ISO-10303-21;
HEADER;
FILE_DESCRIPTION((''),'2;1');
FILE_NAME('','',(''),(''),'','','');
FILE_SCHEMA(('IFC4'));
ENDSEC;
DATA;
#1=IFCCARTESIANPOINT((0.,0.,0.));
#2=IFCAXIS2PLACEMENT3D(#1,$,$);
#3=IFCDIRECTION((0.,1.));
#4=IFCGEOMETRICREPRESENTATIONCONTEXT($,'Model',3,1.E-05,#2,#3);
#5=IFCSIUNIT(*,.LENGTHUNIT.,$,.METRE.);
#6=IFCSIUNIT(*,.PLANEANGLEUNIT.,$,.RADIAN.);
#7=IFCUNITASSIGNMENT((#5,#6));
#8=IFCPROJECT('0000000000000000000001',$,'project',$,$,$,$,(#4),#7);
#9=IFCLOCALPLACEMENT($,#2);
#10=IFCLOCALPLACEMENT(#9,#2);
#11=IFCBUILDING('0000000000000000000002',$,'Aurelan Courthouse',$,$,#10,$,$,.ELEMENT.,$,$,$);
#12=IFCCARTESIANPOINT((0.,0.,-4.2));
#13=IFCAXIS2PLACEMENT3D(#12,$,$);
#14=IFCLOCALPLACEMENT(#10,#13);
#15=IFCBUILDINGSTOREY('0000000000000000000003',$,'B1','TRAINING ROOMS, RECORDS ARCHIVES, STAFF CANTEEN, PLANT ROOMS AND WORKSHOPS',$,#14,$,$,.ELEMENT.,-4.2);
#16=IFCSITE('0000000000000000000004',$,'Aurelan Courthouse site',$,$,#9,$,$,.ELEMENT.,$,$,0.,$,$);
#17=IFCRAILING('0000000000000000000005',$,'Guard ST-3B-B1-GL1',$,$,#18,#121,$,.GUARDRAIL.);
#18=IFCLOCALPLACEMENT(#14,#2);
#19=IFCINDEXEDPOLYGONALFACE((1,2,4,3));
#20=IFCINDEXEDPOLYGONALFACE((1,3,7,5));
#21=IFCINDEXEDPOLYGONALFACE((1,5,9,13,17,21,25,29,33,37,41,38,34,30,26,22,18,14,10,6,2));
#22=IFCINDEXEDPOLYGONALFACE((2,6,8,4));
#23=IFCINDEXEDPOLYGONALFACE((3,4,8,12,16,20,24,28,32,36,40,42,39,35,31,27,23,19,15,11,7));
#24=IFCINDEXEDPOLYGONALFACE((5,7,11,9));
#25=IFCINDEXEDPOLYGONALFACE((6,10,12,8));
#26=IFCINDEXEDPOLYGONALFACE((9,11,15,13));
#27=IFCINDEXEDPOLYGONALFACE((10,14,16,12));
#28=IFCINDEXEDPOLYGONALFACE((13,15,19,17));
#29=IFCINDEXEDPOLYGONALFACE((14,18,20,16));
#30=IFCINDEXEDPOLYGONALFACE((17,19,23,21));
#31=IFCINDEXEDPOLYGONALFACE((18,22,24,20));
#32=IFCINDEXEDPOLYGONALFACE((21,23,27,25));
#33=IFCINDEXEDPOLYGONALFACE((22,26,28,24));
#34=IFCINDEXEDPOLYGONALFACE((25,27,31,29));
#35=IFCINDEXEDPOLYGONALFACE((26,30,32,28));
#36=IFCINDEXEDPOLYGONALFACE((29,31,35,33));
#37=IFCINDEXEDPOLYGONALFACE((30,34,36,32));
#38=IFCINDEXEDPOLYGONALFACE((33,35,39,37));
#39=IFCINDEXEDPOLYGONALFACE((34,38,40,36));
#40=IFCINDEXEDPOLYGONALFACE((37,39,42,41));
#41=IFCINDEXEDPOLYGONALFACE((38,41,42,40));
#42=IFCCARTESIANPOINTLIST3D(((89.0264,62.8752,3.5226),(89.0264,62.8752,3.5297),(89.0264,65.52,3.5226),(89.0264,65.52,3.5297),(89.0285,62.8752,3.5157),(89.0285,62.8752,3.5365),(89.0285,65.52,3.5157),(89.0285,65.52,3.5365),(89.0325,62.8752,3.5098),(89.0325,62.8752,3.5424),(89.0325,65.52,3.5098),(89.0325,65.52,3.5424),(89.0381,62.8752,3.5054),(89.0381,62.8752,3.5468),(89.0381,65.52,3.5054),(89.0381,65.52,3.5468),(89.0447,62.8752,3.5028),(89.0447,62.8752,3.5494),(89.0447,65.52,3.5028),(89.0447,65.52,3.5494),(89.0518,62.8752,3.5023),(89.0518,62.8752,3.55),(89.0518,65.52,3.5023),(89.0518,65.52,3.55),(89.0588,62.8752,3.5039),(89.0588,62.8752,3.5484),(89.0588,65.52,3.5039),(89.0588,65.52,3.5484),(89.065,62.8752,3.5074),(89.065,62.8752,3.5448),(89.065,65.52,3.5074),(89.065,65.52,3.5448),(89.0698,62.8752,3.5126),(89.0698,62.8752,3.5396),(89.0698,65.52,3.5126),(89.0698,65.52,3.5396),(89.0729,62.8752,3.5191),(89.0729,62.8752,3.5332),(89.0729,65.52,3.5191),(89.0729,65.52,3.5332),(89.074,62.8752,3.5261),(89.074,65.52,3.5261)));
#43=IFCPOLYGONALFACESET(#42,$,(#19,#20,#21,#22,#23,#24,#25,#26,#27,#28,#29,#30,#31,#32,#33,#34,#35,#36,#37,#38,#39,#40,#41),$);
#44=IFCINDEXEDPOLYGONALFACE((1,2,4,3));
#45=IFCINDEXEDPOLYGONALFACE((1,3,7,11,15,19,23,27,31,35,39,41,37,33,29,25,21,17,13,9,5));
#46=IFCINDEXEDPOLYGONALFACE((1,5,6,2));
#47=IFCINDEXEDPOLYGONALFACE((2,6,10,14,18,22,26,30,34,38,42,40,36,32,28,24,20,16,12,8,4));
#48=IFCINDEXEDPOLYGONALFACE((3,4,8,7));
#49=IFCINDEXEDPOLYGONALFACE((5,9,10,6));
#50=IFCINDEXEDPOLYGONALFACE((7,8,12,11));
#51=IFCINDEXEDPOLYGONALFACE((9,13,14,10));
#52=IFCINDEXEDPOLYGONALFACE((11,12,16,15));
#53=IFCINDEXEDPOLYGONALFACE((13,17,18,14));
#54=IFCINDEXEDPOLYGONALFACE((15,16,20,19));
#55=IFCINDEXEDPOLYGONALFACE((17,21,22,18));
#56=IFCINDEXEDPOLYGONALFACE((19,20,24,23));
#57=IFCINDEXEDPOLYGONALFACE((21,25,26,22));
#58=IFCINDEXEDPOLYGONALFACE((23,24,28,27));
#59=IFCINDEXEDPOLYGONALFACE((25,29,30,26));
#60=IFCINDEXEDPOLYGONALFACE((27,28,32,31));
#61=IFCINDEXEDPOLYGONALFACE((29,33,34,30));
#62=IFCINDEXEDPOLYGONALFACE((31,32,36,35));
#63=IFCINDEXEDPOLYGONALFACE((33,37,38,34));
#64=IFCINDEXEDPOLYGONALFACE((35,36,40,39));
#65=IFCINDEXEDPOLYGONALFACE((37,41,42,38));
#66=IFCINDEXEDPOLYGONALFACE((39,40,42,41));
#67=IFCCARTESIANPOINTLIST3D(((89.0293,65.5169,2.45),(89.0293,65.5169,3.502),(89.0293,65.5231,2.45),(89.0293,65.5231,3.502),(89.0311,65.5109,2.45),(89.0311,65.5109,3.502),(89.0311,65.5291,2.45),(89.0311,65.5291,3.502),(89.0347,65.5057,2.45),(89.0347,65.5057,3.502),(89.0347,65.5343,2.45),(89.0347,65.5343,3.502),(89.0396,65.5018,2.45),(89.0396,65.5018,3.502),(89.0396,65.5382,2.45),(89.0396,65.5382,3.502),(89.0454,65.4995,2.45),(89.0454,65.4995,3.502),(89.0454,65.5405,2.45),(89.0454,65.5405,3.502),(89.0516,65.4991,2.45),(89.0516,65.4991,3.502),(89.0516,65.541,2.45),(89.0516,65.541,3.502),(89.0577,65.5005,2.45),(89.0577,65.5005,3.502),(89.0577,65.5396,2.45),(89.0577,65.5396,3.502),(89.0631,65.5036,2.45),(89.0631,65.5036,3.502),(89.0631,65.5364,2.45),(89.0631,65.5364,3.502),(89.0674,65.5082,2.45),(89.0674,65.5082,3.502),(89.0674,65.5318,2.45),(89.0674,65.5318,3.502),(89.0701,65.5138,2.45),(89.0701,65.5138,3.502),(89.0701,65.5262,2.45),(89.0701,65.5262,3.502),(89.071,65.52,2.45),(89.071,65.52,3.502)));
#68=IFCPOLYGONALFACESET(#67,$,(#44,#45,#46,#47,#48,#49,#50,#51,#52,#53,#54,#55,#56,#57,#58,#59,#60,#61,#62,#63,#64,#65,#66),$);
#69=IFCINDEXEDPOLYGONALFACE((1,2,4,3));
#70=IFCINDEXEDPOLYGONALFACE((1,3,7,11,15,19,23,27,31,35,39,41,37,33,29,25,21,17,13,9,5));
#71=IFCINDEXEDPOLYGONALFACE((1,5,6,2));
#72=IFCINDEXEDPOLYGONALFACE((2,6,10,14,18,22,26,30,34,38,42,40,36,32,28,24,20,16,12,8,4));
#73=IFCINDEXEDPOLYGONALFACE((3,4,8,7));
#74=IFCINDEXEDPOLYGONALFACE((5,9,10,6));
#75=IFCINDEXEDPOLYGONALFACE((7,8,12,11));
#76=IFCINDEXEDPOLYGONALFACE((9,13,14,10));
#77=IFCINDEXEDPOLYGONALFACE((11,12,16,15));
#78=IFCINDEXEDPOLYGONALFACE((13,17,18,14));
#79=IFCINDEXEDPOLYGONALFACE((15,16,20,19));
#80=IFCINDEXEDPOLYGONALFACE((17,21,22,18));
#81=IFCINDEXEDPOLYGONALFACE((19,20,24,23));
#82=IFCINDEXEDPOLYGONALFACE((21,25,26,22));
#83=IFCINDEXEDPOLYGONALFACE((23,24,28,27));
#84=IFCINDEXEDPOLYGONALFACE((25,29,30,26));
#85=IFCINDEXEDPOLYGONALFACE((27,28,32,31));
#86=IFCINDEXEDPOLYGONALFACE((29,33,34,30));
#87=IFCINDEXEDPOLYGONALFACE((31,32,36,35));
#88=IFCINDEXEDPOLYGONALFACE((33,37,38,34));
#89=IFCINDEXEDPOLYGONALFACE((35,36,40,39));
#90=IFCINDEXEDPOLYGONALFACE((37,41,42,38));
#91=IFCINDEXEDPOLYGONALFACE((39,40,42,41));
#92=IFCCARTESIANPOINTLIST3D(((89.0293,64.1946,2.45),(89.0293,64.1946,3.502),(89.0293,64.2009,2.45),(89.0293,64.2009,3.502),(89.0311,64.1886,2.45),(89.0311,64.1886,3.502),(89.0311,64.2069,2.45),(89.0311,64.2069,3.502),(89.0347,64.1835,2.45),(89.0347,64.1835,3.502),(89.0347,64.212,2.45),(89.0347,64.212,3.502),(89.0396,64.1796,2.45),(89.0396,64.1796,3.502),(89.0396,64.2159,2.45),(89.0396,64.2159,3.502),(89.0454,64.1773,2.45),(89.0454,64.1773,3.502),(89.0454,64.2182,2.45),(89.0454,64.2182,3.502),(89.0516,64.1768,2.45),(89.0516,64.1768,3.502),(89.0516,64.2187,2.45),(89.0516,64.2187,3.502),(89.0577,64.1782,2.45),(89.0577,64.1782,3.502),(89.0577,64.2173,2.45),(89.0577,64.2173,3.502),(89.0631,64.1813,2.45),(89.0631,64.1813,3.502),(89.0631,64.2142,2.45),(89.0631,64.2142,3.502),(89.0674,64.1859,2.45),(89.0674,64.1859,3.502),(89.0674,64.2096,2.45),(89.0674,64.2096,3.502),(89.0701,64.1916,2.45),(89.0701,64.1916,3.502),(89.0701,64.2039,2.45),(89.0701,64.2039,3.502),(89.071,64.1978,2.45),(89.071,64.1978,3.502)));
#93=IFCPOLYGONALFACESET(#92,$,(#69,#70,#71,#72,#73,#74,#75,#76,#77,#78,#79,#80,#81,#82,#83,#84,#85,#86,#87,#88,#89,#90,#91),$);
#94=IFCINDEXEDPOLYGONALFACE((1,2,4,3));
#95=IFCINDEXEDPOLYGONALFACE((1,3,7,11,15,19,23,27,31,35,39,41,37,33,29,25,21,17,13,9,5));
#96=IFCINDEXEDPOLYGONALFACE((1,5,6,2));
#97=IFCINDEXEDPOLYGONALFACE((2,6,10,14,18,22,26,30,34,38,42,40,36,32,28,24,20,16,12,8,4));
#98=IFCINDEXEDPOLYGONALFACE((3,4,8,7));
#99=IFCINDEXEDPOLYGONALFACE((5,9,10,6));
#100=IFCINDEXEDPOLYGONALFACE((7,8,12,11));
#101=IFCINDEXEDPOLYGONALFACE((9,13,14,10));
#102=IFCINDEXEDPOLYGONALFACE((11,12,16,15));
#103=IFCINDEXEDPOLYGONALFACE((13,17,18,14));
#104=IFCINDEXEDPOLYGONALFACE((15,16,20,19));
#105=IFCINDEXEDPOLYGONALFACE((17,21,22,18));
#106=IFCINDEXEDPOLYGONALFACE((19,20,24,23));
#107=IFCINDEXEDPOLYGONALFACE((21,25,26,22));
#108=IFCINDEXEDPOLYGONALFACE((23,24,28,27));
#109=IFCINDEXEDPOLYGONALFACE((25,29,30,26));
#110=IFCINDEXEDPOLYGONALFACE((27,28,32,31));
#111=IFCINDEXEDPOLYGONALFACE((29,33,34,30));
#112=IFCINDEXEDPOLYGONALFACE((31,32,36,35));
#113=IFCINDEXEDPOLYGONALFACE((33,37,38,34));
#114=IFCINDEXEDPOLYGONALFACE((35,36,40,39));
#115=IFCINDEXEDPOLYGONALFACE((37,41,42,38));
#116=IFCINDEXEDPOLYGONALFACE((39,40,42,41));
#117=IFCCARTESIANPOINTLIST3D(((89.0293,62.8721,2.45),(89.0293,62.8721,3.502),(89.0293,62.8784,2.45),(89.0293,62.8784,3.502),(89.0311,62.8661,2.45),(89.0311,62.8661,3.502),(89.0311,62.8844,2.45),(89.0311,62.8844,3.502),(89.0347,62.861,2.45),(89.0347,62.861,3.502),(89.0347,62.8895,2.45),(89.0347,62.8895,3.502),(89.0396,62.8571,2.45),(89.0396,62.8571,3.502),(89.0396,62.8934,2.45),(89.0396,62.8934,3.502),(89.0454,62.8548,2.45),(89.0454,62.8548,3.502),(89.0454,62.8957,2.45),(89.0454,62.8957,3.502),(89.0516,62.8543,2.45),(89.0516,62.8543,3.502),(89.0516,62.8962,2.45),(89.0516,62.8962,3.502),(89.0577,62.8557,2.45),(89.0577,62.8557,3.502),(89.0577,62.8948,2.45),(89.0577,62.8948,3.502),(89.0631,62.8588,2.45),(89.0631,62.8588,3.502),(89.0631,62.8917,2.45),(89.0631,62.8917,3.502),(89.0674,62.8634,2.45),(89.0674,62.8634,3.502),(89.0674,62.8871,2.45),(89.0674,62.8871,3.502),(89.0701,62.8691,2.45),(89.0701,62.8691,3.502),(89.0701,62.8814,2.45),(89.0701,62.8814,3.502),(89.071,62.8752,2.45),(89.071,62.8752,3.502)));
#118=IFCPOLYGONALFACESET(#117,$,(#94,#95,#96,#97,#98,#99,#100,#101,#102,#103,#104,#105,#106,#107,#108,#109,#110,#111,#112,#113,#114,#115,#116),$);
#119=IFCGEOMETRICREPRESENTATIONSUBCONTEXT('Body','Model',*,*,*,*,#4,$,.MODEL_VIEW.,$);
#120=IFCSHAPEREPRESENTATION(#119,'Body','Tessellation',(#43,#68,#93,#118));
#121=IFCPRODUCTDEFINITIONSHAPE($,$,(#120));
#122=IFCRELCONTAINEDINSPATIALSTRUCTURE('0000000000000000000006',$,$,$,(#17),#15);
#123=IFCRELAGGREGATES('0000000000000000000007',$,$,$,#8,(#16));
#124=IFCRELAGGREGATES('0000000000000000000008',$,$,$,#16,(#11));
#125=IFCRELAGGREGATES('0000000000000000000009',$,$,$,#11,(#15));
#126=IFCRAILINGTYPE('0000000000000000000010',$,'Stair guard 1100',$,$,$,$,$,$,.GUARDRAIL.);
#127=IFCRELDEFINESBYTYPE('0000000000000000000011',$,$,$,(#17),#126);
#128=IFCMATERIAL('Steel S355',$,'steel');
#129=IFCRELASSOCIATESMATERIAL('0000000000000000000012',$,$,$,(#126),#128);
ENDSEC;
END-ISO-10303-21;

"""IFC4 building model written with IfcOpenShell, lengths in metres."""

from ifc_helpers import new_model, si_unit, direction, frame, origin, origin_2d, place, context, subcontext, project, spatial, circle, extrude, material, type_object, element, save


model = new_model("IFC4")

# Units and contexts
model_context = context("Model", 3, precision=1e-05, world=origin(), true_north=direction((0.0, 1.0)))
body_context = subcontext(model_context, "Body", "Model", "MODEL_VIEW")
ifc_project = project(units=[si_unit("LENGTHUNIT", "METRE"), si_unit("PLANEANGLEUNIT", "RADIAN")], contexts=[model_context])

# Site, building, storey
site_placement = place(None, origin())
site = spatial("IfcSite", under=ifc_project, at=site_placement, Name="Aurelan Courthouse site", CompositionType="ELEMENT", RefElevation=0.0)
building_placement = place(site_placement, origin())
building = spatial("IfcBuilding", under=site, at=building_placement, Name="Aurelan Courthouse", CompositionType="ELEMENT")
storey_placement = place(building_placement, frame((0.0, 0.0, -4.2)))
storey = spatial("IfcBuildingStorey", under=building, at=storey_placement, Name="B1", Description="TRAINING ROOMS, RECORDS ARCHIVES, STAFF CANTEEN, PLANT ROOMS AND WORKSHOPS", CompositionType="ELEMENT", Elevation=-4.2)

# Railing
ifc_material_1 = material(Name="Steel S355", Category="steel")
railing_type_1 = type_object("IfcRailingType", Name="Stair guard 1100", PredefinedType="GUARDRAIL", material=ifc_material_1)
railing_1_placement = place(storey_placement, frame((89.05, 65.52, 2.45)))
element("IfcRailing", 1, at=railing_1_placement, inside=storey, type_object=railing_type_1, Name="Guard ST-3B-B1-GL1", PredefinedType="GUARDRAIL", context=body_context, shape_type="SweptSolid", body=[
    extrude(circle(Radius=0.0239, at=origin_2d()), frame((0.0, 0.0, 1.0762), z_axis=(0.0, -1.0, 0.0), x_axis=(1.0, 0.0, 0.0)), (0.0, 0.0, 1.0), 2.6448),
    extrude(circle(Radius=0.021, at=origin_2d()), origin(), (0.0, 0.0, 1.0), 1.052),
    extrude(circle(Radius=0.021, at=origin_2d()), frame((0.0, -1.3223, 0.0)), (0.0, 0.0, 1.0), 1.052),
    extrude(circle(Radius=0.021, at=origin_2d()), frame((0.0, -2.6448, 0.0)), (0.0, 0.0, 1.0), 1.052),
])

save(model, "model.ifc")
